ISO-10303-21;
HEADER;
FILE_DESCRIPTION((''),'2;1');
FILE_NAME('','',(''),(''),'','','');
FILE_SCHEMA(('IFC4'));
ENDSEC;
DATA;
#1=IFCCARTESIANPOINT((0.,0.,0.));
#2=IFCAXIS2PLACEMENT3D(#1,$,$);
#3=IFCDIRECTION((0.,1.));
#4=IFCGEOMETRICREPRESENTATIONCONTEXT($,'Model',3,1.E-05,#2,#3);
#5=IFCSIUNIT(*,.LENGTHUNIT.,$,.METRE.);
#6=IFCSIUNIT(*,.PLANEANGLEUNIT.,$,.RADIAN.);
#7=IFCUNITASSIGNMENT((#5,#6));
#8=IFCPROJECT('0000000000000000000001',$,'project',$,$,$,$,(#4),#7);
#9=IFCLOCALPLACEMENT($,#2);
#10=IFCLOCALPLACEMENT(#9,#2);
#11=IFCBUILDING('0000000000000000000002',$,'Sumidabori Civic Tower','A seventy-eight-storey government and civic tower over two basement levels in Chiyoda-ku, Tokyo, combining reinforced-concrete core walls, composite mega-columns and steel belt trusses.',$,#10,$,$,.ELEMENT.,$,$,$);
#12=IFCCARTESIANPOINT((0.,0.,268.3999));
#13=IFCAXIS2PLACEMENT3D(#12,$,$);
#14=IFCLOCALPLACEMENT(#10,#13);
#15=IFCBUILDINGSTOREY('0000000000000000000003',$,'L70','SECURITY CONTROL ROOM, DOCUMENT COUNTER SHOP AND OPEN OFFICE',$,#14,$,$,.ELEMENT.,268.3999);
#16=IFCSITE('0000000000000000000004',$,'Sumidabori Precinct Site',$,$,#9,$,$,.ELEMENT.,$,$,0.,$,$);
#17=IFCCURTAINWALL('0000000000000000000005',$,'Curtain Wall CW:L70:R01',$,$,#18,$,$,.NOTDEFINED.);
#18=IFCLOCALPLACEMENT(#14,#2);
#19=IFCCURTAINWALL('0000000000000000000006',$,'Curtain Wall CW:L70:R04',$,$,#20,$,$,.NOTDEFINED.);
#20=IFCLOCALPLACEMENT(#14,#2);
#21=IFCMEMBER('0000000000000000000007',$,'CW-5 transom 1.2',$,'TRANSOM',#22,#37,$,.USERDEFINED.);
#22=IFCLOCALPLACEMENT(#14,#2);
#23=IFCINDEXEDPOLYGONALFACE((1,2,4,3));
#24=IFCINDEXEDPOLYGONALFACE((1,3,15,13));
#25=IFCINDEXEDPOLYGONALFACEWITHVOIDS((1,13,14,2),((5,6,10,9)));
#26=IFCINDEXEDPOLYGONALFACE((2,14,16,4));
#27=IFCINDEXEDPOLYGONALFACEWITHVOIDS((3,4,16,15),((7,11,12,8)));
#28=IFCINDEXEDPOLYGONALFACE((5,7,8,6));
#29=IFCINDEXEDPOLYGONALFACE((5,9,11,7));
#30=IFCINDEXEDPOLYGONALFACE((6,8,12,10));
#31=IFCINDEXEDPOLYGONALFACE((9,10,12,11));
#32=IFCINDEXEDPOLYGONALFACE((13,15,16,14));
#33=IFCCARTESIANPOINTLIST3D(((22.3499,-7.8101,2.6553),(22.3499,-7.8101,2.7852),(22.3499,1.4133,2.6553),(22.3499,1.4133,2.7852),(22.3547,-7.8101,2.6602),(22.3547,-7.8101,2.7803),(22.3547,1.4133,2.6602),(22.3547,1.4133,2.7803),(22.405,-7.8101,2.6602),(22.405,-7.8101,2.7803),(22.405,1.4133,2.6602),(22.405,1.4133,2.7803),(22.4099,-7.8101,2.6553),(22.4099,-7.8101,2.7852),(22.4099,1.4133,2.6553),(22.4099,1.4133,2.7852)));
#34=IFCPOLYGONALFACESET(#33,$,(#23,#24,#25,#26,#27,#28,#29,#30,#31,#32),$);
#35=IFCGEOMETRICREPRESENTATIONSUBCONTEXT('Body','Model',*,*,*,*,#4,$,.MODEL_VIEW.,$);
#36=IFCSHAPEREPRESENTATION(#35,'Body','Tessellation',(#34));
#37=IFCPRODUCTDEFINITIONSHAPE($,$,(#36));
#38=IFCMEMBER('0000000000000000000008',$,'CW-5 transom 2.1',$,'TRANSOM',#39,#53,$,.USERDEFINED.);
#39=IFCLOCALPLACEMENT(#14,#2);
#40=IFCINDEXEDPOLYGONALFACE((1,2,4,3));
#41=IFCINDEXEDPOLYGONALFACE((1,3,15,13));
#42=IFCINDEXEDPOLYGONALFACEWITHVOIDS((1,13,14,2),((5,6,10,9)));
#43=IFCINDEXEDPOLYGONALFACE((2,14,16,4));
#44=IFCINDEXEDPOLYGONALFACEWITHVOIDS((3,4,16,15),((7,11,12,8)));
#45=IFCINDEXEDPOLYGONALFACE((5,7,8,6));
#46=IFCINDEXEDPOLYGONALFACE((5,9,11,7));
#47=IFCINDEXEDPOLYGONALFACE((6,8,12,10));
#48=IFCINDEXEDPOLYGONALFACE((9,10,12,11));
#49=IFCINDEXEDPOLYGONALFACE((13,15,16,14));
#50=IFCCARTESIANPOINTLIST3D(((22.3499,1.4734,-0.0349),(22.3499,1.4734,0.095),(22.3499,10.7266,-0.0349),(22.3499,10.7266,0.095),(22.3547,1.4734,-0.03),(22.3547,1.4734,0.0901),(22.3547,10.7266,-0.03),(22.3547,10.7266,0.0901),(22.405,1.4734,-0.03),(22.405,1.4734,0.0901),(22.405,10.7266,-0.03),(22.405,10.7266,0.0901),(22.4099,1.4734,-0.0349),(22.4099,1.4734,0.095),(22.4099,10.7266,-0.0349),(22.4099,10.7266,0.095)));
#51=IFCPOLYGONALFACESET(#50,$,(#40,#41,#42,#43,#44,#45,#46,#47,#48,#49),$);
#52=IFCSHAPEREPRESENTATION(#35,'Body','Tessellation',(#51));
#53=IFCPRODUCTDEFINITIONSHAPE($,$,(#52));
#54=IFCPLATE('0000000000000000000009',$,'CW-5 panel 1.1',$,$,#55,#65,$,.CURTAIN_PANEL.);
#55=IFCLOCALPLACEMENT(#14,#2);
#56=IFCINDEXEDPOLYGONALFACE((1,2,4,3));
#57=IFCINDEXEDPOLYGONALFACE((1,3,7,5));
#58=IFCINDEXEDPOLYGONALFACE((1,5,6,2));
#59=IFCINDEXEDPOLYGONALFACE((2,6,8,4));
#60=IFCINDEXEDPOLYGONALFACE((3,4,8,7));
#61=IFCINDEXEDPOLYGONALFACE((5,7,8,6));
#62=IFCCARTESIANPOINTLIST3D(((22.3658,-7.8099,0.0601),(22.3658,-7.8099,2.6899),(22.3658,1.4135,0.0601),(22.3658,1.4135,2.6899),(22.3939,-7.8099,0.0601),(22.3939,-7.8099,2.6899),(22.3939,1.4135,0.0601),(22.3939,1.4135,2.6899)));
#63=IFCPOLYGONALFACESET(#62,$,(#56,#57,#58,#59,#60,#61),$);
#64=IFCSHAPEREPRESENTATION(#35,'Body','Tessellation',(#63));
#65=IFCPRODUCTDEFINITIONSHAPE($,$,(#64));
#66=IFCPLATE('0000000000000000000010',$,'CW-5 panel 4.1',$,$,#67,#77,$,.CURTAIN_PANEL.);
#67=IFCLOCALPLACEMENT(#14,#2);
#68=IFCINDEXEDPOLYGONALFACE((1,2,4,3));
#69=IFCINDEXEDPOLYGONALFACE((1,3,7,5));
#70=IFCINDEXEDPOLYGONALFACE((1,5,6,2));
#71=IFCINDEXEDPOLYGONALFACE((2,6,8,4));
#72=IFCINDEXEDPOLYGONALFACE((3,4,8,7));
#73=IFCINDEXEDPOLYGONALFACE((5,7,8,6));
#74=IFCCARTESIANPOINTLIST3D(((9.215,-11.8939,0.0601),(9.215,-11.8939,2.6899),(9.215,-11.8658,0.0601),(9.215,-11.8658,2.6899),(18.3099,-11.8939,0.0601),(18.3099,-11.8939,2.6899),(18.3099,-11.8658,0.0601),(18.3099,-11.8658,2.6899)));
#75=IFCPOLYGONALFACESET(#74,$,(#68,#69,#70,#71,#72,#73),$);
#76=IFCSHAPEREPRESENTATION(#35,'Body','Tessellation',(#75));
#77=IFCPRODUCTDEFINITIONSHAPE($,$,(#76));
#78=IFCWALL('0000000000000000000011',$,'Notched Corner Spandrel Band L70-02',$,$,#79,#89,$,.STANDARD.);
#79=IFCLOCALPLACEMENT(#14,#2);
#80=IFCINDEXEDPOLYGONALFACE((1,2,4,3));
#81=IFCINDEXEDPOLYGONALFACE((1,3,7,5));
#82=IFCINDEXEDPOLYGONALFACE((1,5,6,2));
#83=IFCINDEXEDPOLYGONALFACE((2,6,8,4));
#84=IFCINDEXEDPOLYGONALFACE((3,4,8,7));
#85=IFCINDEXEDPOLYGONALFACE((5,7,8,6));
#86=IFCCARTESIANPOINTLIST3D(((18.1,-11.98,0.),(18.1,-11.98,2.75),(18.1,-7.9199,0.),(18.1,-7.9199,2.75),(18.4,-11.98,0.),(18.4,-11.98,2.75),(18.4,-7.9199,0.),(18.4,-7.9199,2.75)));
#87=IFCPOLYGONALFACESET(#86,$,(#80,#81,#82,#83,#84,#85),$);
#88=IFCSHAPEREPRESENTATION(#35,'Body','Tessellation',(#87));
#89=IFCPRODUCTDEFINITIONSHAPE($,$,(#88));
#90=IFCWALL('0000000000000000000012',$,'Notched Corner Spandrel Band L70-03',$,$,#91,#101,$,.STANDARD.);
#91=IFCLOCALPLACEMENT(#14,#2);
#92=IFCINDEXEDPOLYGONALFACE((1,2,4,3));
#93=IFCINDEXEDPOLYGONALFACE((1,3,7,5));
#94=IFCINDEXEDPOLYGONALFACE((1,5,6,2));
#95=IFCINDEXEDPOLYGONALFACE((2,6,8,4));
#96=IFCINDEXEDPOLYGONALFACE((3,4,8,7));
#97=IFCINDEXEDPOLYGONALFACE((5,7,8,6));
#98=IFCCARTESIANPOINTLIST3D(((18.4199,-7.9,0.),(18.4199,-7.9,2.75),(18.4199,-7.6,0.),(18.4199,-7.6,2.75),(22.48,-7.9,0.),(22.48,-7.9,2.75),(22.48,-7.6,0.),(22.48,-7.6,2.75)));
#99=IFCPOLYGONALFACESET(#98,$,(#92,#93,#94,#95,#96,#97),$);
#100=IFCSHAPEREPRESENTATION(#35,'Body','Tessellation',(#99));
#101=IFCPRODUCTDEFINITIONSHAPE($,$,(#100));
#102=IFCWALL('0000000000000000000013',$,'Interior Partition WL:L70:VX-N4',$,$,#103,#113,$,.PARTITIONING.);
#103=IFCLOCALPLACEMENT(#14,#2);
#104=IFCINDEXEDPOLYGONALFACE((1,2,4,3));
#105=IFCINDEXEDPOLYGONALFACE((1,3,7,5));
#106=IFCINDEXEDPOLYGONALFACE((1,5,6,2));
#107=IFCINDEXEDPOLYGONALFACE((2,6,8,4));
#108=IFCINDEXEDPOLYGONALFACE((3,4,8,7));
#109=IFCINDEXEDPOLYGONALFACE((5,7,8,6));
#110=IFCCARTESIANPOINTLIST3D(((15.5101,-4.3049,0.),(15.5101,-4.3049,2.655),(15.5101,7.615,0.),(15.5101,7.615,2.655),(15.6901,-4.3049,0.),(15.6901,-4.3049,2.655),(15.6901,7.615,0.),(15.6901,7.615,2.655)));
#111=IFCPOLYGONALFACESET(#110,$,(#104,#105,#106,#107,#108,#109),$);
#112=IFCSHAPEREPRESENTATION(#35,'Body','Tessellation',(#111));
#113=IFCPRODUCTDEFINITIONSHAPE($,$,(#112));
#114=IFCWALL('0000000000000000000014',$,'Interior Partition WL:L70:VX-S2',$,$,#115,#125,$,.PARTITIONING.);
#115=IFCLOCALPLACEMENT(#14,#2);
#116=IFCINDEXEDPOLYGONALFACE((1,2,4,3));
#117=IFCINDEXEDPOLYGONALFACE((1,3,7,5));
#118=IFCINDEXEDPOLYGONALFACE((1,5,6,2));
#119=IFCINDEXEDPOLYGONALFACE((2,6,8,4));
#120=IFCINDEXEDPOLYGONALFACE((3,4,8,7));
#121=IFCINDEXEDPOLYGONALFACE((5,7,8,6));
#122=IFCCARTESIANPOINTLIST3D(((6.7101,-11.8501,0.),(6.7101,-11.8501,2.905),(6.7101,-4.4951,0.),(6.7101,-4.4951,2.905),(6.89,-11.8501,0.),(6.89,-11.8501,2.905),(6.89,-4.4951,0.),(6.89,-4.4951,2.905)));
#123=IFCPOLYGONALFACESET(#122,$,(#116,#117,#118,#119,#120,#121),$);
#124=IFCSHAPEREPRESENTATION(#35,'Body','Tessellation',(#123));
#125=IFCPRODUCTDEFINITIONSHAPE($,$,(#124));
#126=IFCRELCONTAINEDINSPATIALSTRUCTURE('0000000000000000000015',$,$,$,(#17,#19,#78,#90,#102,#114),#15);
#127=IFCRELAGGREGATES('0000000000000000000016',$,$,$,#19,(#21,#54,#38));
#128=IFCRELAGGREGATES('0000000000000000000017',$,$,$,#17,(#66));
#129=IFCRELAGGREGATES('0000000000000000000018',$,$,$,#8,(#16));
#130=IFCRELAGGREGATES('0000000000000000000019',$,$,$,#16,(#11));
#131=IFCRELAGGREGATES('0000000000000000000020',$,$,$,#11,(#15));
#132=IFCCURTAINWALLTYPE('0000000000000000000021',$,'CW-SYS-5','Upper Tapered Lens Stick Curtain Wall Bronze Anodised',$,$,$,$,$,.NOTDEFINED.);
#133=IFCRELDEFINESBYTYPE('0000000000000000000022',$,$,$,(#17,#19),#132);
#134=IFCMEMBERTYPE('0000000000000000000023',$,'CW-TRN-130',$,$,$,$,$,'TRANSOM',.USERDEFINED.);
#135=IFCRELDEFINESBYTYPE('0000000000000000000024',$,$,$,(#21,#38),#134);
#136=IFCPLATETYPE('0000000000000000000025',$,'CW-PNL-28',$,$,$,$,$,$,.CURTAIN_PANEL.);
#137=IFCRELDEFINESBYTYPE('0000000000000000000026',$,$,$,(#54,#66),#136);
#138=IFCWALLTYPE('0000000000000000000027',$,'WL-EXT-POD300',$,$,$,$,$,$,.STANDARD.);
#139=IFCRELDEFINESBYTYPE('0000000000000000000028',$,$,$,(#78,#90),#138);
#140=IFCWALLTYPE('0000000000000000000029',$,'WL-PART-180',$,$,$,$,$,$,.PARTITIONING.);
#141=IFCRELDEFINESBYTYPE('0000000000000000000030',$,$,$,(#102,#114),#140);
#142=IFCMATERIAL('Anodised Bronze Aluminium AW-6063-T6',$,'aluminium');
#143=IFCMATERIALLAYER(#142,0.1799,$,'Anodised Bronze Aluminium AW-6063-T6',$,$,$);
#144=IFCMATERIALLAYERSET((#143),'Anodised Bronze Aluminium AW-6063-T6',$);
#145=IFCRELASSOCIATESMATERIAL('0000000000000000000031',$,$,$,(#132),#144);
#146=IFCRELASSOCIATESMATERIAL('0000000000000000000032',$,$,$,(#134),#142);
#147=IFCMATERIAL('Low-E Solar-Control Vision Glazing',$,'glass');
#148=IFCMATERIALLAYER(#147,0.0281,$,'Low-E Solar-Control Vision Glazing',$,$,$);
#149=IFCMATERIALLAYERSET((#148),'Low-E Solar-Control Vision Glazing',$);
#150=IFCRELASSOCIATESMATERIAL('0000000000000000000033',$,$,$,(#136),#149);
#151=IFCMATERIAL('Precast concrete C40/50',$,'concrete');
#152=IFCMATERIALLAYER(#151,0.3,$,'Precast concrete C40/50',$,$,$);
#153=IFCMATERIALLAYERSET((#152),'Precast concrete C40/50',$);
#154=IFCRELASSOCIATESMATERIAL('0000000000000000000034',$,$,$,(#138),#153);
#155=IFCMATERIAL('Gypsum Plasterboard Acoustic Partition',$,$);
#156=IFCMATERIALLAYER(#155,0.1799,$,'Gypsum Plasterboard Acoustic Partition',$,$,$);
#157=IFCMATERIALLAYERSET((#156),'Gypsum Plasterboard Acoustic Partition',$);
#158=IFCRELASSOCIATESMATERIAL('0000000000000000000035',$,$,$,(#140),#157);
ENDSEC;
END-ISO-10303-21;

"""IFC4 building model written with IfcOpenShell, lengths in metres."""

from ifc_helpers import new_model, si_unit, direction, frame, frame_2d, origin, origin_2d, place, context, subcontext, project, spatial, rectangle, hollow_rectangle, extrude, source, transform, mapped, material, layer, layer_set, material_profile, profile_set, type_object, element, aggregate, save


model = new_model("IFC4")

# Units and contexts
model_context = context("Model", 3, precision=1e-05, world=origin(), true_north=direction((0.0, 1.0)))
body_context = subcontext(model_context, "Body", "Model", "MODEL_VIEW")
ifc_project = project(units=[si_unit("LENGTHUNIT", "METRE"), si_unit("PLANEANGLEUNIT", "RADIAN")], contexts=[model_context])

# Site, building, storey
site_placement = place(None, origin())
site = spatial("IfcSite", under=ifc_project, at=site_placement, Name="Sumidabori Precinct Site", CompositionType="ELEMENT", RefElevation=0.0)
building_placement = place(site_placement, origin())
building = spatial("IfcBuilding", under=site, at=building_placement, Name="Sumidabori Civic Tower", Description="A seventy-eight-storey government and civic tower over two basement levels in Chiyoda-ku, Tokyo, combining reinforced-concrete core walls, composite mega-columns and steel belt trusses.", CompositionType="ELEMENT")
storey_placement = place(building_placement, frame((0.0, 0.0, 268.3999)))
storey = spatial("IfcBuildingStorey", under=building, at=storey_placement, Name="L70", Description="SECURITY CONTROL ROOM, DOCUMENT COUNTER SHOP AND OPEN OFFICE", CompositionType="ELEMENT", Elevation=268.3999)

# Curtain wall
ifc_material_1 = material(Name="Anodised Bronze Aluminium AW-6063-T6", Category="aluminium")
ifc_layer_1 = layer(ifc_material_1, 0.1799, Name="Anodised Bronze Aluminium AW-6063-T6")
ifc_layer_set_1 = layer_set([ifc_layer_1], Name="Anodised Bronze Aluminium AW-6063-T6")
curtain_wall_type = type_object("IfcCurtainWallType", Name="CW-SYS-5", Description="Upper Tapered Lens Stick Curtain Wall Bronze Anodised", PredefinedType="NOTDEFINED", material=ifc_layer_set_1)
curtain_wall_1_placement = place(storey_placement, origin())
curtain_wall_1 = element("IfcCurtainWall", 1, at=curtain_wall_1_placement, inside=storey, type_object=curtain_wall_type, Name="Curtain Wall CW:L70:R01", PredefinedType="NOTDEFINED")
ifc_material_profile_1 = material_profile(ifc_material_1, hollow_rectangle(XDim=0.0601, YDim=0.1299, WallThickness=0.0049, at=origin_2d()), Name="ALU TRANSOM 130x60")
ifc_profile_set_1 = profile_set([ifc_material_profile_1], Name="Anodised Bronze Aluminium AW-6063-T6")
member_type_1 = type_object("IfcMemberType", Name="CW-TRN-130", ElementType="TRANSOM", PredefinedType="USERDEFINED", material=ifc_profile_set_1)

# Curtain wall, members, plate
curtain_wall_2_placement = place(storey_placement, origin())
curtain_wall_2 = element("IfcCurtainWall", 2, at=curtain_wall_2_placement, inside=storey, type_object=curtain_wall_type, Name="Curtain Wall CW:L70:R04", PredefinedType="NOTDEFINED")
shared_shape_1 = source(origin(), body_context, "Body", "SweptSolid", [
    extrude(hollow_rectangle(XDim=0.0601, YDim=0.1299, WallThickness=0.0049, at=origin_2d()), origin(), (0.0, 0.0, 1.0), 9.2234),
])
member_1_placement = place(storey_placement, frame((22.3799, -7.8101, 2.7202), z_axis=(0.0, 1.0, 0.0), x_axis=(-1.0, 0.0, 0.0)))
member_1 = element("IfcMember", 3, at=member_1_placement, type_object=member_type_1, Name="CW-5 transom 1.2", ObjectType="TRANSOM", PredefinedType="USERDEFINED", context=body_context, shape_type="MappedRepresentation", body=[
    mapped(shared_shape_1, transform((0.0, 0.0, 0.0), x_axis=(1.0, 0.0, 0.0), y_axis=(0.0, 1.0, 0.0), z_axis=(0.0, 0.0, 1.0), scale=1.0)),
])
shared_shape_2 = source(origin(), body_context, "Body", "SweptSolid", [
    extrude(hollow_rectangle(XDim=0.0601, YDim=0.1299, WallThickness=0.0049, at=origin_2d()), origin(), (0.0, 0.0, 1.0), 9.2532),
])
member_2_placement = place(storey_placement, frame((22.3799, 1.4734, 0.03), z_axis=(0.0, 1.0, 0.0), x_axis=(-1.0, 0.0, 0.0)))
member_2 = element("IfcMember", 4, at=member_2_placement, type_object=member_type_1, Name="CW-5 transom 2.1", ObjectType="TRANSOM", PredefinedType="USERDEFINED", context=body_context, shape_type="MappedRepresentation", body=[
    mapped(shared_shape_2, transform((0.0, 0.0, 0.0), x_axis=(1.0, 0.0, 0.0), y_axis=(0.0, 1.0, 0.0), z_axis=(0.0, 0.0, 1.0), scale=1.0)),
])
ifc_material_2 = material(Name="Low-E Solar-Control Vision Glazing", Category="glass")
ifc_layer_2 = layer(ifc_material_2, 0.0281, Name="Low-E Solar-Control Vision Glazing")
ifc_layer_set_2 = layer_set([ifc_layer_2], Name="Low-E Solar-Control Vision Glazing")
plate_type = type_object("IfcPlateType", Name="CW-PNL-28", PredefinedType="CURTAIN_PANEL", material=ifc_layer_set_2)
shared_shape_3 = source(origin(), body_context, "Body", "SweptSolid", [
    extrude(rectangle(XDim=9.2234, YDim=0.0281, at=origin_2d()), origin(), (0.0, 0.0, 1.0), 2.6299),
])
plate_1_placement = place(storey_placement, frame((22.3799, -3.1982, 0.0601), z_axis=(0.0, 0.0, 1.0), x_axis=(0.0, 1.0, 0.0)))
plate_1 = element("IfcPlate", 5, at=plate_1_placement, type_object=plate_type, Name="CW-5 panel 1.1", PredefinedType="CURTAIN_PANEL", context=body_context, shape_type="MappedRepresentation", body=[
    mapped(shared_shape_3, transform((0.0, 0.0, 0.0), x_axis=(1.0, 0.0, 0.0), y_axis=(0.0, 1.0, 0.0), z_axis=(0.0, 0.0, 1.0), scale=1.0)),
])
aggregate(curtain_wall_2, [member_1, plate_1, member_2])

# Plate
shared_shape_4 = source(origin(), body_context, "Body", "SweptSolid", [
    extrude(rectangle(XDim=9.095, YDim=0.0281, at=origin_2d()), origin(), (0.0, 0.0, 1.0), 2.6299),
])
plate_2_placement = place(storey_placement, frame((13.7625, -11.8799, 0.0601), z_axis=(0.0, 0.0, 1.0), x_axis=(1.0, 0.0, 0.0)))
plate_2 = element("IfcPlate", 6, at=plate_2_placement, type_object=plate_type, Name="CW-5 panel 4.1", PredefinedType="CURTAIN_PANEL", context=body_context, shape_type="MappedRepresentation", body=[
    mapped(shared_shape_4, transform((0.0, 0.0, 0.0), x_axis=(1.0, 0.0, 0.0), y_axis=(0.0, 1.0, 0.0), z_axis=(0.0, 0.0, 1.0), scale=1.0)),
])
aggregate(curtain_wall_1, [plate_2])

# Walls
ifc_material_3 = material(Name="Precast concrete C40/50", Category="concrete")
ifc_layer_3 = layer(ifc_material_3, 0.3, Name="Precast concrete C40/50")
ifc_layer_set_3 = layer_set([ifc_layer_3], Name="Precast concrete C40/50")
wall_type_1 = type_object("IfcWallType", Name="WL-EXT-POD300", PredefinedType="STANDARD", material=ifc_layer_set_3)
shared_shape_5 = source(origin(), body_context, "Body", "SweptSolid", [
    extrude(rectangle(XDim=4.0601, YDim=0.3, at=frame_2d((2.03, 0.0))), origin(), (0.0, 0.0, 1.0), 2.75),
])
for number, where, z_axis, x_axis, name in (
    (7, (18.25, -11.98, 0.0), (0.0, 0.0, 1.0), (0.0, 1.0, 0.0), "Notched Corner Spandrel Band L70-02"),
    (8, (18.4199, -7.75, 0.0), (0.0, 0.0, 1.0), (1.0, 0.0, 0.0), "Notched Corner Spandrel Band L70-03"),
):
    element("IfcWall", number, at=place(storey_placement, frame(where, z_axis=z_axis, x_axis=x_axis)), inside=storey, type_object=wall_type_1, Name=name, PredefinedType="STANDARD", context=body_context, shape_type="MappedRepresentation", body=[
        mapped(shared_shape_5, transform((0.0, 0.0, 0.0), x_axis=(1.0, 0.0, 0.0), y_axis=(0.0, 1.0, 0.0), z_axis=(0.0, 0.0, 1.0), scale=1.0)),
    ])
ifc_material_4 = material(Name="Gypsum Plasterboard Acoustic Partition")
ifc_layer_4 = layer(ifc_material_4, 0.1799, Name="Gypsum Plasterboard Acoustic Partition")
ifc_layer_set_4 = layer_set([ifc_layer_4], Name="Gypsum Plasterboard Acoustic Partition")
wall_type_2 = type_object("IfcWallType", Name="WL-PART-180", PredefinedType="PARTITIONING", material=ifc_layer_set_4)
shared_shape_6 = source(origin(), body_context, "Body", "SweptSolid", [
    extrude(rectangle(XDim=11.9199, YDim=0.1799, at=frame_2d((5.96, 0.0))), origin(), (0.0, 0.0, 1.0), 2.655),
])
wall_1_placement = place(storey_placement, frame((15.6001, -4.3049, 0.0), z_axis=(0.0, 0.0, 1.0), x_axis=(0.0, 1.0, 0.0)))
element("IfcWall", 9, at=wall_1_placement, inside=storey, type_object=wall_type_2, Name="Interior Partition WL:L70:VX-N4", PredefinedType="PARTITIONING", context=body_context, shape_type="MappedRepresentation", body=[
    mapped(shared_shape_6, transform((0.0, 0.0, 0.0), x_axis=(1.0, 0.0, 0.0), y_axis=(0.0, 1.0, 0.0), z_axis=(0.0, 0.0, 1.0), scale=1.0)),
])
shared_shape_7 = source(origin(), body_context, "Body", "SweptSolid", [
    extrude(rectangle(XDim=7.355, YDim=0.1799, at=frame_2d((3.6775, 0.0))), origin(), (0.0, 0.0, 1.0), 2.905),
])
wall_2_placement = place(storey_placement, frame((6.8, -11.8501, 0.0), z_axis=(0.0, 0.0, 1.0), x_axis=(0.0, 1.0, 0.0)))
element("IfcWall", 10, at=wall_2_placement, inside=storey, type_object=wall_type_2, Name="Interior Partition WL:L70:VX-S2", PredefinedType="PARTITIONING", context=body_context, shape_type="MappedRepresentation", body=[
    mapped(shared_shape_7, transform((0.0, 0.0, 0.0), x_axis=(1.0, 0.0, 0.0), y_axis=(0.0, 1.0, 0.0), z_axis=(0.0, 0.0, 1.0), scale=1.0)),
])

save(model, "model.ifc")
